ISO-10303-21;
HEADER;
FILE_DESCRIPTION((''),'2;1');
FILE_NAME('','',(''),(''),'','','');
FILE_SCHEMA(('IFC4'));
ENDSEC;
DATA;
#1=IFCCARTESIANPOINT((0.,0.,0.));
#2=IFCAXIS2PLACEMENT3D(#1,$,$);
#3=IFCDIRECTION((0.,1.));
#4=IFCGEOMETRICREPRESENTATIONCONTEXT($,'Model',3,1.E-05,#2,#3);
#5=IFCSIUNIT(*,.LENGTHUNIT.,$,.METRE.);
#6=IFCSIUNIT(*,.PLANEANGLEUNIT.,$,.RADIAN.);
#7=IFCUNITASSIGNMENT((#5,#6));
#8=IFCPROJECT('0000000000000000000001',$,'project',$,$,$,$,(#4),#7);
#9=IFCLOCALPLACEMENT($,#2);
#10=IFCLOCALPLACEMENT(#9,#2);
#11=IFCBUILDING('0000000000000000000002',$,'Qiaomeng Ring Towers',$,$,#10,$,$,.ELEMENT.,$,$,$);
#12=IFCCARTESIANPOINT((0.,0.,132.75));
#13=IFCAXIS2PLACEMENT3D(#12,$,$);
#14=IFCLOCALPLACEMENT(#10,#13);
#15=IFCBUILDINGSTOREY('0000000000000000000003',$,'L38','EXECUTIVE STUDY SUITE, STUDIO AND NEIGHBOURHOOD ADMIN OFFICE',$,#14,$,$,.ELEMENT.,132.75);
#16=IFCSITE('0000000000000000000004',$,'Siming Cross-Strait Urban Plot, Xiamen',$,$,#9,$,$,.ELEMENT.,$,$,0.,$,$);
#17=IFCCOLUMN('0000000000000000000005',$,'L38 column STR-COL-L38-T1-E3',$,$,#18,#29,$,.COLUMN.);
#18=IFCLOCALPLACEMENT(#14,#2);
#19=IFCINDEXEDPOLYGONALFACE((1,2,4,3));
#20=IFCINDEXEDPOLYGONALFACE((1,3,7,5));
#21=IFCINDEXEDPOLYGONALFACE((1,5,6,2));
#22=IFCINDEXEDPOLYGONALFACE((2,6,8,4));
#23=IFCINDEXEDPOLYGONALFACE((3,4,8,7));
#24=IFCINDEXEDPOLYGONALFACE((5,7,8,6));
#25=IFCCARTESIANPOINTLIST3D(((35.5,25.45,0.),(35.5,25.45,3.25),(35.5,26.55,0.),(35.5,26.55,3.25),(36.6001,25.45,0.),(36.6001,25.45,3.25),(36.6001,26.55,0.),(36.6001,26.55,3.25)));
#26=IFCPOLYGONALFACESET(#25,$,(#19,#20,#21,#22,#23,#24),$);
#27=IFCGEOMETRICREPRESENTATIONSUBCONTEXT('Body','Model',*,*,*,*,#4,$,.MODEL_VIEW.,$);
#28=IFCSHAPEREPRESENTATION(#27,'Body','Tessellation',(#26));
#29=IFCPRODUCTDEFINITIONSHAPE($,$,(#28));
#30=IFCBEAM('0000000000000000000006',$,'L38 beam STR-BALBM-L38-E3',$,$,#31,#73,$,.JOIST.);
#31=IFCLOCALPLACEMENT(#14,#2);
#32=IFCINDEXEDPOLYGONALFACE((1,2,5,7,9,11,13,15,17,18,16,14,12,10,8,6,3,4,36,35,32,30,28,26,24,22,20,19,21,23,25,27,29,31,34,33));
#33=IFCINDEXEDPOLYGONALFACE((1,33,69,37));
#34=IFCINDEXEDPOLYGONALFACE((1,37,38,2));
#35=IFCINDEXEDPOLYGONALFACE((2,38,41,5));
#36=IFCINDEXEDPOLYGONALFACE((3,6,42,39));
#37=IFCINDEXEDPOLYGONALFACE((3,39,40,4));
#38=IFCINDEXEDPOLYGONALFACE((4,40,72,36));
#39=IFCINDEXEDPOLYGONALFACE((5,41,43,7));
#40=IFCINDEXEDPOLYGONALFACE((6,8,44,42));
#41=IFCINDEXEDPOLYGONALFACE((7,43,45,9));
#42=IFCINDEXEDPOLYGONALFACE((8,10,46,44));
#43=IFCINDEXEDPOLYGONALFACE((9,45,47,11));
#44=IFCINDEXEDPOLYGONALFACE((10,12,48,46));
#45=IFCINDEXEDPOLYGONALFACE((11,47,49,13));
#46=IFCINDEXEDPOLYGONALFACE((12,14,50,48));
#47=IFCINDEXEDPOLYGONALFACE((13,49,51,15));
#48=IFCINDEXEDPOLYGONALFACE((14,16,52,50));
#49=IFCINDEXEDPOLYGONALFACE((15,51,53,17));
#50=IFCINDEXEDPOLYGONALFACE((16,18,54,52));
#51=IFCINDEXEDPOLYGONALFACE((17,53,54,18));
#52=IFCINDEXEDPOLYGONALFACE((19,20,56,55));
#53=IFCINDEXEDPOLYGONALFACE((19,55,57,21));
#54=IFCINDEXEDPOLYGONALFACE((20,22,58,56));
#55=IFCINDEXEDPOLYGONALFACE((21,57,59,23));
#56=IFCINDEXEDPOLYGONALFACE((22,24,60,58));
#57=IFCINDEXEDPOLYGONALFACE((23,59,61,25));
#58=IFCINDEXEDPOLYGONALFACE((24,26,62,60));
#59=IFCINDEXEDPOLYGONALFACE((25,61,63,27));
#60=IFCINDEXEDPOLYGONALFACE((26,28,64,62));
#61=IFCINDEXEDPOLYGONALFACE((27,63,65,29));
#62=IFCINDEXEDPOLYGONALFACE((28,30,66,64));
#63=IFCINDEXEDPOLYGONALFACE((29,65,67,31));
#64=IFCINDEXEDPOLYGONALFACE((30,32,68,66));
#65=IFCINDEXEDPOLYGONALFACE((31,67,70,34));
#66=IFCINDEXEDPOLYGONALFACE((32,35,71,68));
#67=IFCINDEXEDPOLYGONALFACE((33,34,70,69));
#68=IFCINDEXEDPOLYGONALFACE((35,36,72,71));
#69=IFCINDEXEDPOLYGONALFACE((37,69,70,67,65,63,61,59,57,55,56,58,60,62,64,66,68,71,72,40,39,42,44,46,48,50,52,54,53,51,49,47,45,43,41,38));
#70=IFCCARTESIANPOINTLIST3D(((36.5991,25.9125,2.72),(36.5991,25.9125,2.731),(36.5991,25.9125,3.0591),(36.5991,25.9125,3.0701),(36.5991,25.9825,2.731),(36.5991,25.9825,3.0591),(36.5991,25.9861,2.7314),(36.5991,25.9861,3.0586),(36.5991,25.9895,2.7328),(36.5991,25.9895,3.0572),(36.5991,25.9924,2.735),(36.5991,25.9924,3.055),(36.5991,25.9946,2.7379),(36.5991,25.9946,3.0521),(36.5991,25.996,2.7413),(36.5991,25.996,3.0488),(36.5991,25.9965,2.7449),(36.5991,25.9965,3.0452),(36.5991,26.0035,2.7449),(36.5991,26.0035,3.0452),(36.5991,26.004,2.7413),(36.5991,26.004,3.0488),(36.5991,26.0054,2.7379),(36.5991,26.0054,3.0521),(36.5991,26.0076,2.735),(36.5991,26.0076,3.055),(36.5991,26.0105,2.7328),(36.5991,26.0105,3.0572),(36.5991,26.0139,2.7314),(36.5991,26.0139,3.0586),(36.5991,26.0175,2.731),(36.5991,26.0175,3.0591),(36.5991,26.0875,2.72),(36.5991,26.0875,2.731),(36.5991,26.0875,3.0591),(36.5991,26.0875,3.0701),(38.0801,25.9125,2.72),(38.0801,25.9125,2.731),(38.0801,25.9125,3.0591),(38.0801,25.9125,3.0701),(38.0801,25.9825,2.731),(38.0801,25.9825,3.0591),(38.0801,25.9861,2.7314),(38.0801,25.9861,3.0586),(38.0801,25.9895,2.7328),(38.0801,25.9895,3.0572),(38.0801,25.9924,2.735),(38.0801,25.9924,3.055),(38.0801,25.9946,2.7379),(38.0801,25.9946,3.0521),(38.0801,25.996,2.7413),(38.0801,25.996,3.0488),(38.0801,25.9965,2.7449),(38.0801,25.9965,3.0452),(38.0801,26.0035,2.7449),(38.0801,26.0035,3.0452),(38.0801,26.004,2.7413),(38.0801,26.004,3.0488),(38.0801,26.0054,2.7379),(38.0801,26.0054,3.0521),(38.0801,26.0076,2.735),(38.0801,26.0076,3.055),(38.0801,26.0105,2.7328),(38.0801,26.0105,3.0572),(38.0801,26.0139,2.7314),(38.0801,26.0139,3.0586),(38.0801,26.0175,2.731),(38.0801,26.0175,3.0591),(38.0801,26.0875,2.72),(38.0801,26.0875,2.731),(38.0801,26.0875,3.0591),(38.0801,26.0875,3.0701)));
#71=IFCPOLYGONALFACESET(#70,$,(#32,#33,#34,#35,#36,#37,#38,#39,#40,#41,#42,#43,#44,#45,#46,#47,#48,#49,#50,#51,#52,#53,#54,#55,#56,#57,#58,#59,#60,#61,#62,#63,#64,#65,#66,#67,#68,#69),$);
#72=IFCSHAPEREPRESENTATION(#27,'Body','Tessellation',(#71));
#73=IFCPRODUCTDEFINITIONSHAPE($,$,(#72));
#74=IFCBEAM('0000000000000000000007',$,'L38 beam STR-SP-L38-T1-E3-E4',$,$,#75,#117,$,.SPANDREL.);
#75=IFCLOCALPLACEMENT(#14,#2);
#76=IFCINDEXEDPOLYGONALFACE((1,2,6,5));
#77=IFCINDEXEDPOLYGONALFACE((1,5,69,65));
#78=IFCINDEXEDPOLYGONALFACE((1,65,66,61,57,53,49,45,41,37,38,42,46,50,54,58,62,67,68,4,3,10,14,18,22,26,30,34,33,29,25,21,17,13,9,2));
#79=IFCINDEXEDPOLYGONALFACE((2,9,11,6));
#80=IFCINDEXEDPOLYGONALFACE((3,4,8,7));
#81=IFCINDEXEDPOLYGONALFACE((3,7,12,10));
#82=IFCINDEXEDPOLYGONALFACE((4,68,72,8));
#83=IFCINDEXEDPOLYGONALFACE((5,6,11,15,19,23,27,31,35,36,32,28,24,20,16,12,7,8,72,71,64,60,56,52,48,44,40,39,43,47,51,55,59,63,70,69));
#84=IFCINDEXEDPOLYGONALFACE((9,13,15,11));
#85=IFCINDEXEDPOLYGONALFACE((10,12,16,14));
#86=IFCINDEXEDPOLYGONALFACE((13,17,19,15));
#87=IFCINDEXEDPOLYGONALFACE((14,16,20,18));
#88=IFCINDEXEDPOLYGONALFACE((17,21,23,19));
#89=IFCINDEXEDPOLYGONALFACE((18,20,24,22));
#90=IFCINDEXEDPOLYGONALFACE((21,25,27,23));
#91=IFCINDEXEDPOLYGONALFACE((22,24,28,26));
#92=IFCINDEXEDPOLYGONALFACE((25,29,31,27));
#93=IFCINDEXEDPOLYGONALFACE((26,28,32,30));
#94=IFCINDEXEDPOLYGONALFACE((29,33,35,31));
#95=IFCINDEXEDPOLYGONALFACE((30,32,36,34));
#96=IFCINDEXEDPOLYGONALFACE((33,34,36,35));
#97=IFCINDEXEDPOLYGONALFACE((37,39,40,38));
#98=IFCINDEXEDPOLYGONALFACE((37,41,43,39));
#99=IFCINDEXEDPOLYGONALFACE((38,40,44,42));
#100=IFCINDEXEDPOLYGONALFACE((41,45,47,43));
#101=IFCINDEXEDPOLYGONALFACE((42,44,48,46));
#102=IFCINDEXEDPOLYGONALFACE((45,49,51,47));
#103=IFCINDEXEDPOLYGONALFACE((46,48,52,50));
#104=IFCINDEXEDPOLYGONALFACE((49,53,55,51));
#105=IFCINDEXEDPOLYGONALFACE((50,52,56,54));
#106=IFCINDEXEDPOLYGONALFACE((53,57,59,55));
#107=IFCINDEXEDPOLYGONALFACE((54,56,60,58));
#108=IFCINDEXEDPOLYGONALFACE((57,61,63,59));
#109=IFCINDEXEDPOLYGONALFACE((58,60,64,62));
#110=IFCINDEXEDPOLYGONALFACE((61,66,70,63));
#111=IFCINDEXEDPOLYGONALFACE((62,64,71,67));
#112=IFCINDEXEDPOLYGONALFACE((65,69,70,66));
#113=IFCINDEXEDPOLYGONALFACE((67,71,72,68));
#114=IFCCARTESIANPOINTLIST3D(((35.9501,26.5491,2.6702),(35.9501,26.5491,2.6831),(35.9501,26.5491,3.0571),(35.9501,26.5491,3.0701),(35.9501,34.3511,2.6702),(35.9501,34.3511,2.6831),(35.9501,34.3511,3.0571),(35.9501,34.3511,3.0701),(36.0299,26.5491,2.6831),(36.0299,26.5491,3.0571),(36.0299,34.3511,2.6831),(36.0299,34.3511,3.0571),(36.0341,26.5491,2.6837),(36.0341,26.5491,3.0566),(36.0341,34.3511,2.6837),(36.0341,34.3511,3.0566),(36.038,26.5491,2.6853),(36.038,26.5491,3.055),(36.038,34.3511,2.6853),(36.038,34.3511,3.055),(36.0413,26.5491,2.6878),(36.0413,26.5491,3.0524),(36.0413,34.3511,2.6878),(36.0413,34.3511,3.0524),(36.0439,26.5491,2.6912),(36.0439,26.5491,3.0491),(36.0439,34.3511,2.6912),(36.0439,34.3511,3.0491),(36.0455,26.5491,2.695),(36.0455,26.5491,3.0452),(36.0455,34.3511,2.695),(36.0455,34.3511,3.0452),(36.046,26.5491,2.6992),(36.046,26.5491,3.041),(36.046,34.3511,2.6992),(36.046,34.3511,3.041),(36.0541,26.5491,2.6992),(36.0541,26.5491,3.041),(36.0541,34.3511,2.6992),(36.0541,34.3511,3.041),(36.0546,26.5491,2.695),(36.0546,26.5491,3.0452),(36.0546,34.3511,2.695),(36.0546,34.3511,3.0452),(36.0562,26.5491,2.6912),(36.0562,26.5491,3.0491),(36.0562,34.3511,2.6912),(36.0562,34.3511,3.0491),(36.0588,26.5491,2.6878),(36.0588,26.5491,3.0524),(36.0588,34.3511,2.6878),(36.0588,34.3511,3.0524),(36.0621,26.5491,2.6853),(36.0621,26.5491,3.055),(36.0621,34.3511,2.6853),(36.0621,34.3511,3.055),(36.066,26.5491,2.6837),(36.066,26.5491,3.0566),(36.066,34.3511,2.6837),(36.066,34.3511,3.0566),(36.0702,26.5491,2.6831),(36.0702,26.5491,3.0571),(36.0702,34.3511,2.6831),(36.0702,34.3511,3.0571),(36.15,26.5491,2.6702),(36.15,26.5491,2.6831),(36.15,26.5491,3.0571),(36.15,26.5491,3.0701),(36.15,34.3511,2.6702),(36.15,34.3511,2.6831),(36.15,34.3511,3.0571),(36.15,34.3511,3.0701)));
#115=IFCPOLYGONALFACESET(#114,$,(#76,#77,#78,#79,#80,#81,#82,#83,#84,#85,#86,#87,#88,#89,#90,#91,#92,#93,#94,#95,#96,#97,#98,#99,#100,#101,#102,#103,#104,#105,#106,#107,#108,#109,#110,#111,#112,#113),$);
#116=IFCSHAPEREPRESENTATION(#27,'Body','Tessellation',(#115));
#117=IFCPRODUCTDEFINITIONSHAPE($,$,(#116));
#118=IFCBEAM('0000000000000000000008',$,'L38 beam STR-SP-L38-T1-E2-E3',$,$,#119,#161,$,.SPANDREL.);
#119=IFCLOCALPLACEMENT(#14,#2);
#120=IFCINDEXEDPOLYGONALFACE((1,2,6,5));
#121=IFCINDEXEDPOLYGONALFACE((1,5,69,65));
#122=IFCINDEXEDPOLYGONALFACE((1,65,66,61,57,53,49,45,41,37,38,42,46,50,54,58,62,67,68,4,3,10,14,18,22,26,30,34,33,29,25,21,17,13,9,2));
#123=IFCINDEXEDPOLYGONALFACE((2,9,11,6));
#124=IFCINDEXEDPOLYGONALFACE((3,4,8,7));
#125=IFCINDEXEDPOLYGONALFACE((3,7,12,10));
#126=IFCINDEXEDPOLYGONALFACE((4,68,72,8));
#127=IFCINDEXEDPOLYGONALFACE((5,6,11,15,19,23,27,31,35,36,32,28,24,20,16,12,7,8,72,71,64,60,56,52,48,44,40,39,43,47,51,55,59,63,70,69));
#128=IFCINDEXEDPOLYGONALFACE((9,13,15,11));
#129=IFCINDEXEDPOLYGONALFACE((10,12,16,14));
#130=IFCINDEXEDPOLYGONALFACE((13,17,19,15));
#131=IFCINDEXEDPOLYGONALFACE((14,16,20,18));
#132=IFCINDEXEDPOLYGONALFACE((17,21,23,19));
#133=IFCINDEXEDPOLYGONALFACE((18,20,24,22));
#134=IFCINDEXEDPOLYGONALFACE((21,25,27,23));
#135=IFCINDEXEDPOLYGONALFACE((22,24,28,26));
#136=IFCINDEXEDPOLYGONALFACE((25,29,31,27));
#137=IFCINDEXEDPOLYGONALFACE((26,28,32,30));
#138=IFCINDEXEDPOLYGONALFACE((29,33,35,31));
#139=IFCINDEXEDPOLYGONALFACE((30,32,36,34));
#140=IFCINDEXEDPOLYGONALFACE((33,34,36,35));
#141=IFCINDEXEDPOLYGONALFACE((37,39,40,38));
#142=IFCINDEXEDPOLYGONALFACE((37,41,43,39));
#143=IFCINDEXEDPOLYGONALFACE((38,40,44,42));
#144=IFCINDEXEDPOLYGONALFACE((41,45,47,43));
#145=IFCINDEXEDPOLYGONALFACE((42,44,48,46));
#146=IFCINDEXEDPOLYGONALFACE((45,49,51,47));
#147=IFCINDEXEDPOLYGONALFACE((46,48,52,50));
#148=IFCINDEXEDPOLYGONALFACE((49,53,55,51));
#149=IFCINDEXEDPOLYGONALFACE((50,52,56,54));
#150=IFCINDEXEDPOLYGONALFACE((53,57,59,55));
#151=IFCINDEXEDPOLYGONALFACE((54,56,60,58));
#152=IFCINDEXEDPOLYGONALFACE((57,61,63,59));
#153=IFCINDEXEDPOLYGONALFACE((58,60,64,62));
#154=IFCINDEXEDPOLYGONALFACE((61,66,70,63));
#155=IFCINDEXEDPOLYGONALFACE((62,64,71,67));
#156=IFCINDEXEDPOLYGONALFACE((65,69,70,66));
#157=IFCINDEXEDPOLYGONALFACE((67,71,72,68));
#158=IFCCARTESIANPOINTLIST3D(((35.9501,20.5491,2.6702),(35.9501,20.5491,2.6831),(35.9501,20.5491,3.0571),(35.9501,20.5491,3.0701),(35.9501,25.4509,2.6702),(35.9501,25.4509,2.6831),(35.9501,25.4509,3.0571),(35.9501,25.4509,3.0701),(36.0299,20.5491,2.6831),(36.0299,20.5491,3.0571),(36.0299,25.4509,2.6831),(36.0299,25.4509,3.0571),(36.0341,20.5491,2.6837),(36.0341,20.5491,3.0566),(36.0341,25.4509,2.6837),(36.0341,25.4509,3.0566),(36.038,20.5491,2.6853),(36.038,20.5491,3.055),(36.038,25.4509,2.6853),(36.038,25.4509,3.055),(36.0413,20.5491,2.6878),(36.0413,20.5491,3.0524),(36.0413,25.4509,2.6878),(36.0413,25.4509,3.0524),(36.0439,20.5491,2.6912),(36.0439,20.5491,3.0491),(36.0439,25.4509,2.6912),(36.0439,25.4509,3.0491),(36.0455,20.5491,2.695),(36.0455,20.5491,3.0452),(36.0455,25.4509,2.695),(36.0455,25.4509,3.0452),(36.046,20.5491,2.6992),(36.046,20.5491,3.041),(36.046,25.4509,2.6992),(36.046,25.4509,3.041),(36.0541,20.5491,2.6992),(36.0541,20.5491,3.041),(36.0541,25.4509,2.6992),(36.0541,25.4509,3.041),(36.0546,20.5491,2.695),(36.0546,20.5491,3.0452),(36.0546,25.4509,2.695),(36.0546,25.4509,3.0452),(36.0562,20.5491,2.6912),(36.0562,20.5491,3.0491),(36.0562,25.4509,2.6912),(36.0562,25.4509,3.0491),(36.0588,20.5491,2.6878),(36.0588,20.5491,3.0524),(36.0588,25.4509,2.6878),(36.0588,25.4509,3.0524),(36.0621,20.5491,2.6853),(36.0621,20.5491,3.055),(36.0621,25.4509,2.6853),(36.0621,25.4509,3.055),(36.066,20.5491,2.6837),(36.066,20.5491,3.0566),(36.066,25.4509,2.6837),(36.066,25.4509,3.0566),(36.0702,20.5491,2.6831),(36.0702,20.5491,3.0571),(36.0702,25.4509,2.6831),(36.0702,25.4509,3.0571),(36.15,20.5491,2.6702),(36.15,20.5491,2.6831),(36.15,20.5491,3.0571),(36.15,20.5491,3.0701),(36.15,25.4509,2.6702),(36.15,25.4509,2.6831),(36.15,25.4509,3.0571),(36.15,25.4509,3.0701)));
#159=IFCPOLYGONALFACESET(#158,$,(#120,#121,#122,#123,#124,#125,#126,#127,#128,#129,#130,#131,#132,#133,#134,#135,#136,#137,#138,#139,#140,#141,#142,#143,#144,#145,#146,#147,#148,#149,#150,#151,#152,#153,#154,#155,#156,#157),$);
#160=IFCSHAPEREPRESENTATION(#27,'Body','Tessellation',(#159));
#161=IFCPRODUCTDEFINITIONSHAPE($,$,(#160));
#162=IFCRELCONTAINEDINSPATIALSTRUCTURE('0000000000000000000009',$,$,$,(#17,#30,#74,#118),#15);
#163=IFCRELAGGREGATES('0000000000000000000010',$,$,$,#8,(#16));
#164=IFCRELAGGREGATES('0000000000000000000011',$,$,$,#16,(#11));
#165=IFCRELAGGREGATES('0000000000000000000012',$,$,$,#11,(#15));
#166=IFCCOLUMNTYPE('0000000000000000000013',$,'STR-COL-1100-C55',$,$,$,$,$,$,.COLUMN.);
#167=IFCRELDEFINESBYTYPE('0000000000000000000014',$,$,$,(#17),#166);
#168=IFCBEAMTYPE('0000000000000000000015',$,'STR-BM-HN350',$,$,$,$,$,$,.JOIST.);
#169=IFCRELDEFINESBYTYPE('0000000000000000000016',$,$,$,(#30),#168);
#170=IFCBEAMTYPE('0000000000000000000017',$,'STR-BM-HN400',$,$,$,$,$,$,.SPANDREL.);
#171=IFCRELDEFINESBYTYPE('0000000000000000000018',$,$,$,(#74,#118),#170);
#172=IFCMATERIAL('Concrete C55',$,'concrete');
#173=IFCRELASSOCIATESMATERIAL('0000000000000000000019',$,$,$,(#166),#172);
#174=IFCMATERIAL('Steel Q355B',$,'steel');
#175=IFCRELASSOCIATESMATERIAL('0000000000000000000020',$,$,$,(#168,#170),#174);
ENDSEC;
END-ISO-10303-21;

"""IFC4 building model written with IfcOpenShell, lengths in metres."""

from ifc_helpers import new_model, si_unit, direction, frame, origin, origin_2d, place, context, subcontext, project, spatial, rectangle, i_section, extrude, source, transform, mapped, material, material_profile, profile_set, type_object, element, save


model = new_model("IFC4")

# Units and contexts
model_context = context("Model", 3, precision=1e-05, world=origin(), true_north=direction((0.0, 1.0)))
body_context = subcontext(model_context, "Body", "Model", "MODEL_VIEW")
ifc_project = project(units=[si_unit("LENGTHUNIT", "METRE"), si_unit("PLANEANGLEUNIT", "RADIAN")], contexts=[model_context])

# Site, building, storey
site_placement = place(None, origin())
site = spatial("IfcSite", under=ifc_project, at=site_placement, Name="Siming Cross-Strait Urban Plot, Xiamen", CompositionType="ELEMENT", RefElevation=0.0)
building_placement = place(site_placement, origin())
building = spatial("IfcBuilding", under=site, at=building_placement, Name="Qiaomeng Ring Towers", CompositionType="ELEMENT")
storey_placement = place(building_placement, frame((0.0, 0.0, 132.75)))
storey = spatial("IfcBuildingStorey", under=building, at=storey_placement, Name="L38", Description="EXECUTIVE STUDY SUITE, STUDIO AND NEIGHBOURHOOD ADMIN OFFICE", CompositionType="ELEMENT", Elevation=132.75)

# Column
ifc_material_1 = material(Name="Concrete C55", Category="concrete")
ifc_material_profile_1 = material_profile(ifc_material_1, rectangle(XDim=1.1001, YDim=1.1001, at=origin_2d()), Name="RC COL 1100x1100")
ifc_profile_set_1 = profile_set([ifc_material_profile_1], Name="Concrete C55")
column_type = type_object("IfcColumnType", Name="STR-COL-1100-C55", PredefinedType="COLUMN", material=ifc_profile_set_1)
shared_shape_1 = source(origin(), body_context, "Body", "SweptSolid", [
    extrude(rectangle(XDim=1.1001, YDim=1.1001, at=origin_2d()), origin(), (0.0, 0.0, 1.0), 3.25),
])
column_placement = place(storey_placement, frame((36.05, 26.0, 0.0), z_axis=(0.0, 0.0, 1.0), x_axis=(1.0, 0.0, 0.0)))
element("IfcColumn", 1, at=column_placement, inside=storey, type_object=column_type, Name="L38 column STR-COL-L38-T1-E3", PredefinedType="COLUMN", context=body_context, shape_type="MappedRepresentation", body=[
    mapped(shared_shape_1, transform((0.0, 0.0, 0.0), x_axis=(1.0, 0.0, 0.0), y_axis=(0.0, 1.0, 0.0), z_axis=(0.0, 0.0, 1.0), scale=1.0)),
])

# Beams
ifc_material_2 = material(Name="Steel Q355B", Category="steel")
ifc_material_profile_2 = material_profile(ifc_material_2, i_section(OverallWidth=0.175, OverallDepth=0.3501, WebThickness=0.0071, FlangeThickness=0.011, FilletRadius=0.0139, at=origin_2d()), Name="HN 350x175x7x11")
ifc_profile_set_2 = profile_set([ifc_material_profile_2], Name="Steel Q355B")
beam_type_1 = type_object("IfcBeamType", Name="STR-BM-HN350", PredefinedType="JOIST", material=ifc_profile_set_2)
shared_shape_2 = source(origin(), body_context, "Body", "SweptSolid", [
    extrude(i_section(OverallWidth=0.175, OverallDepth=0.3501, WebThickness=0.0071, FlangeThickness=0.011, FilletRadius=0.0139, at=origin_2d()), origin(), (0.0, 0.0, 1.0), 1.481),
])
beam_1_placement = place(storey_placement, frame((36.5991, 26.0, 2.895), z_axis=(1.0, 0.0, 0.0), x_axis=(0.0, 1.0, 0.0)))
element("IfcBeam", 2, at=beam_1_placement, inside=storey, type_object=beam_type_1, Name="L38 beam STR-BALBM-L38-E3", PredefinedType="JOIST", context=body_context, shape_type="MappedRepresentation", body=[
    mapped(shared_shape_2, transform((0.0, 0.0, 0.0), x_axis=(1.0, 0.0, 0.0), y_axis=(0.0, 1.0, 0.0), z_axis=(0.0, 0.0, 1.0), scale=1.0)),
])
ifc_material_profile_3 = material_profile(ifc_material_2, i_section(OverallWidth=0.2, OverallDepth=0.3999, WebThickness=0.0081, FlangeThickness=0.0129, FilletRadius=0.0161, at=origin_2d()), Name="HN 400x200x8x13")
ifc_profile_set_3 = profile_set([ifc_material_profile_3], Name="Steel Q355B")
beam_type_2 = type_object("IfcBeamType", Name="STR-BM-HN400", PredefinedType="SPANDREL", material=ifc_profile_set_3)
shared_shape_3 = source(origin(), body_context, "Body", "SweptSolid", [
    extrude(i_section(OverallWidth=0.2, OverallDepth=0.3999, WebThickness=0.0081, FlangeThickness=0.0129, FilletRadius=0.0161, at=origin_2d()), origin(), (0.0, 0.0, 1.0), 7.802),
])
beam_2_placement = place(storey_placement, frame((36.05, 26.5491, 2.8701), z_axis=(0.0, 1.0, 0.0), x_axis=(-1.0, 0.0, 0.0)))
element("IfcBeam", 3, at=beam_2_placement, inside=storey, type_object=beam_type_2, Name="L38 beam STR-SP-L38-T1-E3-E4", PredefinedType="SPANDREL", context=body_context, shape_type="MappedRepresentation", body=[
    mapped(shared_shape_3, transform((0.0, 0.0, 0.0), x_axis=(1.0, 0.0, 0.0), y_axis=(0.0, 1.0, 0.0), z_axis=(0.0, 0.0, 1.0), scale=1.0)),
])
shared_shape_4 = source(origin(), body_context, "Body", "SweptSolid", [
    extrude(i_section(OverallWidth=0.2, OverallDepth=0.3999, WebThickness=0.0081, FlangeThickness=0.0129, FilletRadius=0.0161, at=origin_2d()), origin(), (0.0, 0.0, 1.0), 4.9019),
])
beam_3_placement = place(storey_placement, frame((36.05, 20.5491, 2.8701), z_axis=(0.0, 1.0, 0.0), x_axis=(-1.0, 0.0, 0.0)))
element("IfcBeam", 4, at=beam_3_placement, inside=storey, type_object=beam_type_2, Name="L38 beam STR-SP-L38-T1-E2-E3", PredefinedType="SPANDREL", context=body_context, shape_type="MappedRepresentation", body=[
    mapped(shared_shape_4, transform((0.0, 0.0, 0.0), x_axis=(1.0, 0.0, 0.0), y_axis=(0.0, 1.0, 0.0), z_axis=(0.0, 0.0, 1.0), scale=1.0)),
])

save(model, "model.ifc")
